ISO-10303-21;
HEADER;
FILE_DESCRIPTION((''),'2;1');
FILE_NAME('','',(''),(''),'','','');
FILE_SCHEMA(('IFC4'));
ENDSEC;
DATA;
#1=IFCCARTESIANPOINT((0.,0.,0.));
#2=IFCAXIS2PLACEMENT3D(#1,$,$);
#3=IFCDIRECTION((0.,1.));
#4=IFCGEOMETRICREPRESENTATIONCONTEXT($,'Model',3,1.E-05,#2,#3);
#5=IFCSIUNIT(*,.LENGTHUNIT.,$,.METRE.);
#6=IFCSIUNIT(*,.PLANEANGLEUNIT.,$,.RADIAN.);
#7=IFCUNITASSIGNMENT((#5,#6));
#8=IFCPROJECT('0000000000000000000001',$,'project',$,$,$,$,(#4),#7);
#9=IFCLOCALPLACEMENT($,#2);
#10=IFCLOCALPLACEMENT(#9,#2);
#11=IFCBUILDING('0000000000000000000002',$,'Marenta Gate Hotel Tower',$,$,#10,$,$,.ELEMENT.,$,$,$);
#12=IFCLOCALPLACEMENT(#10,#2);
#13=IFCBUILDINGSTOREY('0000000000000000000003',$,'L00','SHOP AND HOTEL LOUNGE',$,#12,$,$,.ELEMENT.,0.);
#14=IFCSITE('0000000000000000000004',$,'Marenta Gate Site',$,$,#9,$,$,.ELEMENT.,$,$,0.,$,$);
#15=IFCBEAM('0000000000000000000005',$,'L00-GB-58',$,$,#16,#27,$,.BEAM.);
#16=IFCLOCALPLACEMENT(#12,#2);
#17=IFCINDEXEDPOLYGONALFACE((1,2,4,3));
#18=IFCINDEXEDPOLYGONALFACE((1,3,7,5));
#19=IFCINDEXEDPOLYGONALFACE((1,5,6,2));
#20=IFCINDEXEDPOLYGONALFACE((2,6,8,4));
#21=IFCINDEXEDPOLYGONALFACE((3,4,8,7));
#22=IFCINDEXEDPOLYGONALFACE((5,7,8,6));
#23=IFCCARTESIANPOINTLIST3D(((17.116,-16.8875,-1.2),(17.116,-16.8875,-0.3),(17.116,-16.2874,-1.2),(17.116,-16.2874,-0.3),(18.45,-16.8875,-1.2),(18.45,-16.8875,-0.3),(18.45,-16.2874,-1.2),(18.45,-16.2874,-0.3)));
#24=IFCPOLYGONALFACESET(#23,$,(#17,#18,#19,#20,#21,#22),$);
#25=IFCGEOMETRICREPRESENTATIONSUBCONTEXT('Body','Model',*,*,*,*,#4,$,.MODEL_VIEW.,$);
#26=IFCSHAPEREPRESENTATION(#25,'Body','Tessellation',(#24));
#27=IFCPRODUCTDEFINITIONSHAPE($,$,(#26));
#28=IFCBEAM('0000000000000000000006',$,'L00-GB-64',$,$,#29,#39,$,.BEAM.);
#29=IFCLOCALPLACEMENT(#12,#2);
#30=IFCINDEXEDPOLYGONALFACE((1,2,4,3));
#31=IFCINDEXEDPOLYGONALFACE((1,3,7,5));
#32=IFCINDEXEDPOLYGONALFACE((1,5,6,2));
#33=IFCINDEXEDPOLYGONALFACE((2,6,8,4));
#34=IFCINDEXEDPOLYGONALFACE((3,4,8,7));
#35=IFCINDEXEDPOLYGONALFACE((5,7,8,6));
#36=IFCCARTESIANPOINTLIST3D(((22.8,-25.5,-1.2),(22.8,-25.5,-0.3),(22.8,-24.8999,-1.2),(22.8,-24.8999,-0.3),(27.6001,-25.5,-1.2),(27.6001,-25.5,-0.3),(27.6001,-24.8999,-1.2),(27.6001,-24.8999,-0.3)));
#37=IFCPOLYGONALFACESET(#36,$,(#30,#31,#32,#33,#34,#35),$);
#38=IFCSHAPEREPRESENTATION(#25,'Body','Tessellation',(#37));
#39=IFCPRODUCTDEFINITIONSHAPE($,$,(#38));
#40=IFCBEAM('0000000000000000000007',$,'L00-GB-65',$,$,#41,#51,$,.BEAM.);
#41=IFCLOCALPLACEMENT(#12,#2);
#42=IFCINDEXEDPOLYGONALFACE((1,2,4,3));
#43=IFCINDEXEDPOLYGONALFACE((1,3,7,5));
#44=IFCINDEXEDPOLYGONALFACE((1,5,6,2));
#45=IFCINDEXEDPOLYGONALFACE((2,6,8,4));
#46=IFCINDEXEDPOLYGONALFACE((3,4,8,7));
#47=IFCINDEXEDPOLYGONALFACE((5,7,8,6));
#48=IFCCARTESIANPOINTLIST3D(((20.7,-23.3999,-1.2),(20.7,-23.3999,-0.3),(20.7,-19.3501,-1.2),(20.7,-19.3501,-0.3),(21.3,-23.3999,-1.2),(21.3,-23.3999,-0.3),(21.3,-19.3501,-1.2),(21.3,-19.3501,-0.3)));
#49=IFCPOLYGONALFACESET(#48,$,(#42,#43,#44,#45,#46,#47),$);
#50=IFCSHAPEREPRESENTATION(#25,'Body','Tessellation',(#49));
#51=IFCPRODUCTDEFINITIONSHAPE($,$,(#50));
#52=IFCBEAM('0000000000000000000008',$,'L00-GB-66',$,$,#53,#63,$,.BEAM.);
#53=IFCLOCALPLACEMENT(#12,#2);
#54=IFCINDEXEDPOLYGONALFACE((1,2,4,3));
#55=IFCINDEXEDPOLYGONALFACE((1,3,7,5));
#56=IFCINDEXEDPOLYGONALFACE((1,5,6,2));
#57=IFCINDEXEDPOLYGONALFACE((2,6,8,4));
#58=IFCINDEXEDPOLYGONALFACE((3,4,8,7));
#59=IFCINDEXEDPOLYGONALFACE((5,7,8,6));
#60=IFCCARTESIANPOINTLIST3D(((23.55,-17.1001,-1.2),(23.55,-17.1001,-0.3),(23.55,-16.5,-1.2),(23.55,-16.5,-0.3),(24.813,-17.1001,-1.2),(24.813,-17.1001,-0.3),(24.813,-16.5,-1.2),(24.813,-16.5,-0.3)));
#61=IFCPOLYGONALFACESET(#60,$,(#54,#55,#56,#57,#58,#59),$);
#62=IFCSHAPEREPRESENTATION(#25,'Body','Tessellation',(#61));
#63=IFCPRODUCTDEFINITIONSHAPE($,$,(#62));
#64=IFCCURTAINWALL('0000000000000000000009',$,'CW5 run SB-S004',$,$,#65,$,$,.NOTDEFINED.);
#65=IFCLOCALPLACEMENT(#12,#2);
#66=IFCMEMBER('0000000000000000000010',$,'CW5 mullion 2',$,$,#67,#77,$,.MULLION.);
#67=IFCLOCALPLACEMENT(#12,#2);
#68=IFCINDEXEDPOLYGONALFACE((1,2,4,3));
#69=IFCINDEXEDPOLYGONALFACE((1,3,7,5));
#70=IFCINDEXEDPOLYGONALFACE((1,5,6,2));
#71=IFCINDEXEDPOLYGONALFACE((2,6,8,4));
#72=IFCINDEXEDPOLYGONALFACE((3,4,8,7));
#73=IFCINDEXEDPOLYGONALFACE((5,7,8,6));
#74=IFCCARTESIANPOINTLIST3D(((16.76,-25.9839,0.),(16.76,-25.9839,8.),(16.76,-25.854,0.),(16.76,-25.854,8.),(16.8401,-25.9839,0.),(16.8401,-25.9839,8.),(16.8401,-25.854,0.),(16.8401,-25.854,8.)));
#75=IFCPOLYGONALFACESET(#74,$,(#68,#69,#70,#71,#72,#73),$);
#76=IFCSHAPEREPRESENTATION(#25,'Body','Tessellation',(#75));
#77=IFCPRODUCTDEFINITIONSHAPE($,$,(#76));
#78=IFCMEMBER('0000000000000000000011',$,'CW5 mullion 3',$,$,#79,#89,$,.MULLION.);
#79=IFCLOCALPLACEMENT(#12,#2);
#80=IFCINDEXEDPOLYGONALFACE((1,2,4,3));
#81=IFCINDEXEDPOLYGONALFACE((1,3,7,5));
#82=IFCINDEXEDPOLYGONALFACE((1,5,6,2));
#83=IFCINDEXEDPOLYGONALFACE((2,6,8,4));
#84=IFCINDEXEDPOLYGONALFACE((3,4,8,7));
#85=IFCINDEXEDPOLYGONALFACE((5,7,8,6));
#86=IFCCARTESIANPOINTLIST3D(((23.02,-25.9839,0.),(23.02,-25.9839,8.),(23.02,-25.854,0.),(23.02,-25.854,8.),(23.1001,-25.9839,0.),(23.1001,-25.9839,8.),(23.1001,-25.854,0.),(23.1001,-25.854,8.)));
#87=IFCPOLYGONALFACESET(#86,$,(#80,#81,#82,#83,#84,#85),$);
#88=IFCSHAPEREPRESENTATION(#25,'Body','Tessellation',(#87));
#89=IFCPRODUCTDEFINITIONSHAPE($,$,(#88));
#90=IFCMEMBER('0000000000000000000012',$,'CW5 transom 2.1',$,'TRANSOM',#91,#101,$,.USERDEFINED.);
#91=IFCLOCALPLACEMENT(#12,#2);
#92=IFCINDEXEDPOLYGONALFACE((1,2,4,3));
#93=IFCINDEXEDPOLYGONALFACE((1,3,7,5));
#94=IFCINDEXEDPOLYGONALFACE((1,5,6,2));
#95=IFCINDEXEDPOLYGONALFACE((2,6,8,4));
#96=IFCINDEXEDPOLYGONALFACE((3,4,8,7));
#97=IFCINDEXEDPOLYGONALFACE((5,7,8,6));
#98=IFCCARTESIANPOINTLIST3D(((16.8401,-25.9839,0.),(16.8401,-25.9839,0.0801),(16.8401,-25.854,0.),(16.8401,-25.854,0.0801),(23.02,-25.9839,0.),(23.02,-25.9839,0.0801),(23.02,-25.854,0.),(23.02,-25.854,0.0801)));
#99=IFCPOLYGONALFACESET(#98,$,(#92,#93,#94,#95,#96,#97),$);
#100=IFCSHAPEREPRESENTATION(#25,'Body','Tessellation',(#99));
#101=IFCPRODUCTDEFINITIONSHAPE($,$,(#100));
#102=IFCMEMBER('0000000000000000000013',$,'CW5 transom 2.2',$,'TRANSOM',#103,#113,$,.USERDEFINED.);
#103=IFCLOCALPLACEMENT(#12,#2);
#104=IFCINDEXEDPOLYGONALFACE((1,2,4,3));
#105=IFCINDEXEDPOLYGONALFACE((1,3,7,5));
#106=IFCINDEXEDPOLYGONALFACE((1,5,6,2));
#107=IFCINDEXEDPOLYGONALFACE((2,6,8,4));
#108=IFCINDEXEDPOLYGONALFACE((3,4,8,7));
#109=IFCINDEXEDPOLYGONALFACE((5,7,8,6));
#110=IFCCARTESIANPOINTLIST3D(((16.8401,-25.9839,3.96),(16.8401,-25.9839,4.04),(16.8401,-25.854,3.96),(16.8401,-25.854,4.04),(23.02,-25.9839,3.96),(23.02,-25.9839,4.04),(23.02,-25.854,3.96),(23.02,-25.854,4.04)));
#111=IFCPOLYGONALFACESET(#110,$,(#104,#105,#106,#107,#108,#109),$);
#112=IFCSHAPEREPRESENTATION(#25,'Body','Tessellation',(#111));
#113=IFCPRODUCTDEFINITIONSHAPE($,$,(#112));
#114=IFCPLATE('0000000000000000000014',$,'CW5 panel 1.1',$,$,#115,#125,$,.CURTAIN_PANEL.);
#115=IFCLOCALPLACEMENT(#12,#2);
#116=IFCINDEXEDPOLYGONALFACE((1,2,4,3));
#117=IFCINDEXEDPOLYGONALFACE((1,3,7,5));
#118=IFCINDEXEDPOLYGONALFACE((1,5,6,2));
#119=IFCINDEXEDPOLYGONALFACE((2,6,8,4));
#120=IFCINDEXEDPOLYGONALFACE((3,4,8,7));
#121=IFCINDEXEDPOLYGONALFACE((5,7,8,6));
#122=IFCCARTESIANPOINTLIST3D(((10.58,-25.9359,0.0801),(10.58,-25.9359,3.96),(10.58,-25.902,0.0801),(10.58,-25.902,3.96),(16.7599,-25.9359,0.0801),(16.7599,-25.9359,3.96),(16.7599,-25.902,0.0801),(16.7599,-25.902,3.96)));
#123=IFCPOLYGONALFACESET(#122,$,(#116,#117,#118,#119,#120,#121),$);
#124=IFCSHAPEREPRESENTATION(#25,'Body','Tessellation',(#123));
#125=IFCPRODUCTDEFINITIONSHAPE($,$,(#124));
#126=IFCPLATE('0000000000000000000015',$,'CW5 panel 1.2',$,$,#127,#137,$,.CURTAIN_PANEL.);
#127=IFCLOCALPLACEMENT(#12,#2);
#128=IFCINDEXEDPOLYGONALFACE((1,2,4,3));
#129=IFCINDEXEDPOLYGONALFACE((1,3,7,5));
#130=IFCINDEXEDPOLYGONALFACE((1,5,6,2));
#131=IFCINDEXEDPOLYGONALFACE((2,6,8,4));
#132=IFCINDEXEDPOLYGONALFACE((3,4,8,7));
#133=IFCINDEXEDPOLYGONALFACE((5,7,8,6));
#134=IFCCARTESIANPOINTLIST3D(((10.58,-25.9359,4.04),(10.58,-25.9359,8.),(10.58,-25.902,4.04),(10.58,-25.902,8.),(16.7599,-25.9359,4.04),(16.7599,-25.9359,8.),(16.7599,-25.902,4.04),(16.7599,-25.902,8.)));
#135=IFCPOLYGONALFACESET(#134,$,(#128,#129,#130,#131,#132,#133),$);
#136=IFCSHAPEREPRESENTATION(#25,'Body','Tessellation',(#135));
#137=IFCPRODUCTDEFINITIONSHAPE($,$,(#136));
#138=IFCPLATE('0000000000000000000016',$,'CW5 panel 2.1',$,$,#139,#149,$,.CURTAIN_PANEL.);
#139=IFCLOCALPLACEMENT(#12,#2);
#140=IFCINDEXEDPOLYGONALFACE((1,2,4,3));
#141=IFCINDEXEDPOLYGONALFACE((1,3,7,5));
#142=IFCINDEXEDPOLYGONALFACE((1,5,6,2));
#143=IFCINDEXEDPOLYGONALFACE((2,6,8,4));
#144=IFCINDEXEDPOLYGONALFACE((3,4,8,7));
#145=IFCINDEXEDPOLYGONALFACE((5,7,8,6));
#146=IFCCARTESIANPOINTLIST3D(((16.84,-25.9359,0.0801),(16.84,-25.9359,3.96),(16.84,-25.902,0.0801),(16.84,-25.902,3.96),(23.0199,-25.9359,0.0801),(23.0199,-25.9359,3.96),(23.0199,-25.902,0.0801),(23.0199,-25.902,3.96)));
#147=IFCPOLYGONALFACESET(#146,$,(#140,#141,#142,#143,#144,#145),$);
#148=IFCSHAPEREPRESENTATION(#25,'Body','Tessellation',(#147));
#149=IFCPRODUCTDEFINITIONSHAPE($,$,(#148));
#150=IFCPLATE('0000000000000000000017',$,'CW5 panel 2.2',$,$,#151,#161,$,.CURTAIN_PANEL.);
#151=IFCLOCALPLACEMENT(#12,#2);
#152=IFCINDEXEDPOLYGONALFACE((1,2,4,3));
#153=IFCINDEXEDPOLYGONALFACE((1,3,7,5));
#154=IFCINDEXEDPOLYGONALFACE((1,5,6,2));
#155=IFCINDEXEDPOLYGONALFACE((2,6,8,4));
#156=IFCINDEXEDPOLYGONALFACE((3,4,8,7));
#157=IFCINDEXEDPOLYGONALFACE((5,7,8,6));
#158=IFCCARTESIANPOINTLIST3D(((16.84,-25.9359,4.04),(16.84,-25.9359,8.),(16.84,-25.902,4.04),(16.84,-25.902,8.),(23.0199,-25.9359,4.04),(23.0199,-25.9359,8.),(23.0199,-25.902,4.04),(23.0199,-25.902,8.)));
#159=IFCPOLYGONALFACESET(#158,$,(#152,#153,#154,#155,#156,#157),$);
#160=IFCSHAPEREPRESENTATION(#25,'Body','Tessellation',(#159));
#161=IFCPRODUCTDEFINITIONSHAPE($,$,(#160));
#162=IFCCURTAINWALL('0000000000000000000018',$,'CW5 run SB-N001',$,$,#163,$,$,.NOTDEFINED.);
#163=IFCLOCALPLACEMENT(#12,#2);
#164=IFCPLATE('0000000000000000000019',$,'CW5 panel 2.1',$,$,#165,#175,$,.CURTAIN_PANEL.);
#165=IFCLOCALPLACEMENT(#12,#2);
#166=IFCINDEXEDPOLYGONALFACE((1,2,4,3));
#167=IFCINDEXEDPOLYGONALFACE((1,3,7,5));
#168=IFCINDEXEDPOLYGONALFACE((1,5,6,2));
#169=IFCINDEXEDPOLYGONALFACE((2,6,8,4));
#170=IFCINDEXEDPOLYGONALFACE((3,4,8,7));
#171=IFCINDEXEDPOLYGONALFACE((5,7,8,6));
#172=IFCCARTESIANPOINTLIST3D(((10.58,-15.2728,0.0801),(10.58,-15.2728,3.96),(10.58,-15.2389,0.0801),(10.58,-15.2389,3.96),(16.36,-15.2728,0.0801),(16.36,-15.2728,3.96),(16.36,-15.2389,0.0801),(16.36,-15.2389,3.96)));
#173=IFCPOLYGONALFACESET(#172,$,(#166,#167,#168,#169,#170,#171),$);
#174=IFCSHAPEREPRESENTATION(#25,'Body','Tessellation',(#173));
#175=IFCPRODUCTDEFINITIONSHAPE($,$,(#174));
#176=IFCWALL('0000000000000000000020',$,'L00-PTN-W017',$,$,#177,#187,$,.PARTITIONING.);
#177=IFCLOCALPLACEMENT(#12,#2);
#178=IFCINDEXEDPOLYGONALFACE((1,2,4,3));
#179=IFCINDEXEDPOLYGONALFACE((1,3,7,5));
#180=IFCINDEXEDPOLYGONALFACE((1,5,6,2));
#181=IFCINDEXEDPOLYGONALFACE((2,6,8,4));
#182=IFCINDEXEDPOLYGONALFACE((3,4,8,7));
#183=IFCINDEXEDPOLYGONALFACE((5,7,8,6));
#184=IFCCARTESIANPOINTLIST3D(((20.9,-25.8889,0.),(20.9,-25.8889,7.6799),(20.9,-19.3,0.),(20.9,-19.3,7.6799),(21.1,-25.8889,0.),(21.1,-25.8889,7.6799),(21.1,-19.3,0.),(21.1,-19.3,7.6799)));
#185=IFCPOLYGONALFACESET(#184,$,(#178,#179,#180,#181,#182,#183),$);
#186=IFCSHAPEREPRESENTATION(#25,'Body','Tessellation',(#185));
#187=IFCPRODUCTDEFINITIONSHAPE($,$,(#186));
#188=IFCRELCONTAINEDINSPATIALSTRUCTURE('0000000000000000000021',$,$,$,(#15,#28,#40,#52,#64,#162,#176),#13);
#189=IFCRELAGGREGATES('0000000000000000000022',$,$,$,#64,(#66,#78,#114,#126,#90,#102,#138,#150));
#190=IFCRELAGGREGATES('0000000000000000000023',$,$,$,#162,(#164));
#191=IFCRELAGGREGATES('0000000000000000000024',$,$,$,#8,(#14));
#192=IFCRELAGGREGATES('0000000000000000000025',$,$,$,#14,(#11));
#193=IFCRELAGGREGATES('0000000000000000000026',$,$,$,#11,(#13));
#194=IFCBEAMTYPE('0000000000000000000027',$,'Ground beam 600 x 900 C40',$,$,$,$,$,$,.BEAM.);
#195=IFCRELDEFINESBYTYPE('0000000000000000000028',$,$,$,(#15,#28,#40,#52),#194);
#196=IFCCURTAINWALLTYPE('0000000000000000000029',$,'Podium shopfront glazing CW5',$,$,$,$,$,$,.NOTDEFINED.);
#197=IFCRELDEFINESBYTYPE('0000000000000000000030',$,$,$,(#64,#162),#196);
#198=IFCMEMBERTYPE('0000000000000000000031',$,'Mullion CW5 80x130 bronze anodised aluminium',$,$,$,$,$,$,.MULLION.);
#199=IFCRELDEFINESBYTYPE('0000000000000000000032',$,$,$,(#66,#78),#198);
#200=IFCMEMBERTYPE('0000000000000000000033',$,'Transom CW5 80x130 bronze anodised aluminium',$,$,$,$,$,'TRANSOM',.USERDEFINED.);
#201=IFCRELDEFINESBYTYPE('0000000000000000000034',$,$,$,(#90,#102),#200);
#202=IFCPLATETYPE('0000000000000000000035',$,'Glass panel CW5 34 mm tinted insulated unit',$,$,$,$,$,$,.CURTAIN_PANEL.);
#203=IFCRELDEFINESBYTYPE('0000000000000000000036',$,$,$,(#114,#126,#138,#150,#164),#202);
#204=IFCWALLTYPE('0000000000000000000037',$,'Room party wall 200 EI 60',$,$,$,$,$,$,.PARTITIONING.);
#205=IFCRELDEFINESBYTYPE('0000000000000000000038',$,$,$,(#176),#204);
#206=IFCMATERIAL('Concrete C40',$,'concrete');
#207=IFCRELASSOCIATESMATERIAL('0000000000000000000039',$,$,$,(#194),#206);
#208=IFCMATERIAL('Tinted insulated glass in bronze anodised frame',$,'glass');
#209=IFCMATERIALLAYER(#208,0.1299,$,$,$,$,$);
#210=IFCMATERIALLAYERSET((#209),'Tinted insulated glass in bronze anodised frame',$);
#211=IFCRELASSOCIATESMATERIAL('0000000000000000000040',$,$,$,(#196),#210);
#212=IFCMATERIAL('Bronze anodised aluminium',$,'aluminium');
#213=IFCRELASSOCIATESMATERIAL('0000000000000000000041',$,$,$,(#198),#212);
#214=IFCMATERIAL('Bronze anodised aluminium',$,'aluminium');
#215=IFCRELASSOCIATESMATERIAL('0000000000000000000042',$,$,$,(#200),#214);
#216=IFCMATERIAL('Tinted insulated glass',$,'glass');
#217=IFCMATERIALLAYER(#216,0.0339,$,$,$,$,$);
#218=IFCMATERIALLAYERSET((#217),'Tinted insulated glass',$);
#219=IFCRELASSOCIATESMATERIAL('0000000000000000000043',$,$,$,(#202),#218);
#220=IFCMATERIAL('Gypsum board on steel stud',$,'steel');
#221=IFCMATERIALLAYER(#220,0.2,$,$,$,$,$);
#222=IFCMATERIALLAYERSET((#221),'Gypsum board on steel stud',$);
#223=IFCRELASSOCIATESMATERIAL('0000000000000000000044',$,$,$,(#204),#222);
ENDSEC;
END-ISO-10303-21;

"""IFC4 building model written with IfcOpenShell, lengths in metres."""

from ifc_helpers import new_model, si_unit, direction, frame, frame_2d, origin, origin_2d, place, context, subcontext, project, spatial, rectangle, extrude, material, layer, layer_set, material_profile, profile_set, type_object, element, aggregate, save


model = new_model("IFC4")

# Units and contexts
model_context = context("Model", 3, precision=1e-05, world=origin(), true_north=direction((0.0, 1.0)))
body_context = subcontext(model_context, "Body", "Model", "MODEL_VIEW")
ifc_project = project(units=[si_unit("LENGTHUNIT", "METRE"), si_unit("PLANEANGLEUNIT", "RADIAN")], contexts=[model_context])

# Site, building, storey
site_placement = place(None, origin())
site = spatial("IfcSite", under=ifc_project, at=site_placement, Name="Marenta Gate Site", CompositionType="ELEMENT", RefElevation=0.0)
building_placement = place(site_placement, origin())
building = spatial("IfcBuilding", under=site, at=building_placement, Name="Marenta Gate Hotel Tower", CompositionType="ELEMENT")
storey_placement = place(building_placement, origin())
storey = spatial("IfcBuildingStorey", under=building, at=storey_placement, Name="L00", Description="SHOP AND HOTEL LOUNGE", CompositionType="ELEMENT", Elevation=0.0)

# Beams
ifc_material_1 = material(Name="Concrete C40", Category="concrete")
ifc_material_profile_1 = material_profile(ifc_material_1, rectangle(XDim=0.6001, YDim=0.8999, at=origin_2d()), Name="600 x 900")
ifc_profile_set_1 = profile_set([ifc_material_profile_1], Name="Concrete C40")
beam_type = type_object("IfcBeamType", Name="Ground beam 600 x 900 C40", PredefinedType="BEAM", material=ifc_profile_set_1)
beam_1_placement = place(storey_placement, frame((17.116, -16.5874, -0.75), z_axis=(1.0, 0.0, 0.0), x_axis=(0.0, 1.0, 0.0)))
element("IfcBeam", 1, at=beam_1_placement, inside=storey, type_object=beam_type, Name="L00-GB-58", PredefinedType="BEAM", context=body_context, shape_type="SweptSolid", body=[
    extrude(rectangle(XDim=0.6001, YDim=0.8999, at=origin_2d()), origin(), (0.0, 0.0, 1.0), 1.334),
])
beam_2_placement = place(storey_placement, frame((22.8, -25.2, -0.75), z_axis=(1.0, 0.0, 0.0), x_axis=(0.0, 1.0, 0.0)))
element("IfcBeam", 2, at=beam_2_placement, inside=storey, type_object=beam_type, Name="L00-GB-64", PredefinedType="BEAM", context=body_context, shape_type="SweptSolid", body=[
    extrude(rectangle(XDim=0.6001, YDim=0.8999, at=origin_2d()), origin(), (0.0, 0.0, 1.0), 4.8),
])
beam_3_placement = place(storey_placement, frame((21.0, -23.3999, -0.75), z_axis=(0.0, 1.0, 0.0), x_axis=(-1.0, 0.0, 0.0)))
element("IfcBeam", 3, at=beam_3_placement, inside=storey, type_object=beam_type, Name="L00-GB-65", PredefinedType="BEAM", context=body_context, shape_type="SweptSolid", body=[
    extrude(rectangle(XDim=0.6001, YDim=0.8999, at=origin_2d()), origin(), (0.0, 0.0, 1.0), 4.0498),
])
beam_4_placement = place(storey_placement, frame((23.55, -16.8, -0.75), z_axis=(1.0, 0.0, 0.0), x_axis=(0.0, 1.0, 0.0)))
element("IfcBeam", 4, at=beam_4_placement, inside=storey, type_object=beam_type, Name="L00-GB-66", PredefinedType="BEAM", context=body_context, shape_type="SweptSolid", body=[
    extrude(rectangle(XDim=0.6001, YDim=0.8999, at=origin_2d()), origin(), (0.0, 0.0, 1.0), 1.2629),
])

# Curtain wall, members, plates
ifc_material_2 = material(Name="Tinted insulated glass in bronze anodised frame", Category="glass")
ifc_layer_1 = layer(ifc_material_2, 0.1299)
ifc_layer_set_1 = layer_set([ifc_layer_1], Name="Tinted insulated glass in bronze anodised frame")
curtain_wall_type = type_object("IfcCurtainWallType", Name="Podium shopfront glazing CW5", PredefinedType="NOTDEFINED", material=ifc_layer_set_1)
curtain_wall_1_placement = place(storey_placement, origin())
curtain_wall_1 = element("IfcCurtainWall", 5, at=curtain_wall_1_placement, inside=storey, type_object=curtain_wall_type, Name="CW5 run SB-S004", PredefinedType="NOTDEFINED")
ifc_material_3 = material(Name="Bronze anodised aluminium", Category="aluminium")
ifc_material_profile_2 = material_profile(ifc_material_3, rectangle(XDim=0.1299, YDim=0.0801, at=origin_2d()), Name="Mullion CW5 80x130 bronze anodised aluminium")
ifc_profile_set_2 = profile_set([ifc_material_profile_2], Name="Bronze anodised aluminium")
member_type_1 = type_object("IfcMemberType", Name="Mullion CW5 80x130 bronze anodised aluminium", PredefinedType="MULLION", material=ifc_profile_set_2)
member_1_placement = place(storey_placement, frame((16.8, -25.9189, 0.0), z_axis=(0.0, 0.0, 1.0), x_axis=(0.0, 1.0, 0.0)))
member_1 = element("IfcMember", 6, at=member_1_placement, type_object=member_type_1, Name="CW5 mullion 2", PredefinedType="MULLION", context=body_context, shape_type="SweptSolid", body=[
    extrude(rectangle(XDim=0.1299, YDim=0.0801, at=origin_2d()), origin(), (0.0, 0.0, 1.0), 8.0),
])
member_2_placement = place(storey_placement, frame((23.0601, -25.9189, 0.0), z_axis=(0.0, 0.0, 1.0), x_axis=(0.0, 1.0, 0.0)))
member_2 = element("IfcMember", 7, at=member_2_placement, type_object=member_type_1, Name="CW5 mullion 3", PredefinedType="MULLION", context=body_context, shape_type="SweptSolid", body=[
    extrude(rectangle(XDim=0.1299, YDim=0.0801, at=origin_2d()), origin(), (0.0, 0.0, 1.0), 8.0),
])
ifc_material_4 = material(Name="Bronze anodised aluminium", Category="aluminium")
ifc_material_profile_3 = material_profile(ifc_material_4, rectangle(XDim=0.1299, YDim=0.0801, at=origin_2d()), Name="Transom CW5 80x130 bronze anodised aluminium")
ifc_profile_set_3 = profile_set([ifc_material_profile_3], Name="Bronze anodised aluminium")
member_type_2 = type_object("IfcMemberType", Name="Transom CW5 80x130 bronze anodised aluminium", ElementType="TRANSOM", PredefinedType="USERDEFINED", material=ifc_profile_set_3)
member_3_placement = place(storey_placement, frame((16.8401, -25.9189, 0.04), z_axis=(1.0, 0.0, 0.0), x_axis=(0.0, 1.0, 0.0)))
member_3 = element("IfcMember", 8, at=member_3_placement, type_object=member_type_2, Name="CW5 transom 2.1", ObjectType="TRANSOM", PredefinedType="USERDEFINED", context=body_context, shape_type="SweptSolid", body=[
    extrude(rectangle(XDim=0.1299, YDim=0.0801, at=origin_2d()), origin(), (0.0, 0.0, 1.0), 6.1799),
])
member_4_placement = place(storey_placement, frame((16.8401, -25.9189, 4.0), z_axis=(1.0, 0.0, 0.0), x_axis=(0.0, 1.0, 0.0)))
member_4 = element("IfcMember", 9, at=member_4_placement, type_object=member_type_2, Name="CW5 transom 2.2", ObjectType="TRANSOM", PredefinedType="USERDEFINED", context=body_context, shape_type="SweptSolid", body=[
    extrude(rectangle(XDim=0.1299, YDim=0.0801, at=origin_2d()), origin(), (0.0, 0.0, 1.0), 6.1799),
])
ifc_material_5 = material(Name="Tinted insulated glass", Category="glass")
ifc_layer_2 = layer(ifc_material_5, 0.0339)
ifc_layer_set_2 = layer_set([ifc_layer_2], Name="Tinted insulated glass")
plate_type = type_object("IfcPlateType", Name="Glass panel CW5 34 mm tinted insulated unit", PredefinedType="CURTAIN_PANEL", material=ifc_layer_set_2)
plate_1_placement = place(storey_placement, frame((13.6699, -25.9189, 0.0801), z_axis=(0.0, 0.0, 1.0), x_axis=(1.0, 0.0, 0.0)))
plate_1 = element("IfcPlate", 10, at=plate_1_placement, type_object=plate_type, Name="CW5 panel 1.1", PredefinedType="CURTAIN_PANEL", context=body_context, shape_type="SweptSolid", body=[
    extrude(rectangle(XDim=6.1799, YDim=0.0339, at=origin_2d()), origin(), (0.0, 0.0, 1.0), 3.8799),
])
plate_2_placement = place(storey_placement, frame((13.6699, -25.9189, 4.04), z_axis=(0.0, 0.0, 1.0), x_axis=(1.0, 0.0, 0.0)))
plate_2 = element("IfcPlate", 11, at=plate_2_placement, type_object=plate_type, Name="CW5 panel 1.2", PredefinedType="CURTAIN_PANEL", context=body_context, shape_type="SweptSolid", body=[
    extrude(rectangle(XDim=6.1799, YDim=0.0339, at=origin_2d()), origin(), (0.0, 0.0, 1.0), 3.96),
])
plate_3_placement = place(storey_placement, frame((19.9299, -25.9189, 0.0801), z_axis=(0.0, 0.0, 1.0), x_axis=(1.0, 0.0, 0.0)))
plate_3 = element("IfcPlate", 12, at=plate_3_placement, type_object=plate_type, Name="CW5 panel 2.1", PredefinedType="CURTAIN_PANEL", context=body_context, shape_type="SweptSolid", body=[
    extrude(rectangle(XDim=6.1799, YDim=0.0339, at=origin_2d()), origin(), (0.0, 0.0, 1.0), 3.8799),
])
plate_4_placement = place(storey_placement, frame((19.9299, -25.9189, 4.04), z_axis=(0.0, 0.0, 1.0), x_axis=(1.0, 0.0, 0.0)))
plate_4 = element("IfcPlate", 13, at=plate_4_placement, type_object=plate_type, Name="CW5 panel 2.2", PredefinedType="CURTAIN_PANEL", context=body_context, shape_type="SweptSolid", body=[
    extrude(rectangle(XDim=6.1799, YDim=0.0339, at=origin_2d()), origin(), (0.0, 0.0, 1.0), 3.96),
])
aggregate(curtain_wall_1, [member_1, member_2, plate_1, plate_2, member_3, member_4, plate_3, plate_4])

# Curtain wall, plate
curtain_wall_2_placement = place(storey_placement, origin())
curtain_wall_2 = element("IfcCurtainWall", 14, at=curtain_wall_2_placement, inside=storey, type_object=curtain_wall_type, Name="CW5 run SB-N001", PredefinedType="NOTDEFINED")
plate_5_placement = place(storey_placement, frame((13.47, -15.2559, 0.0801), z_axis=(0.0, 0.0, 1.0), x_axis=(-1.0, 0.0, 0.0)))
plate_5 = element("IfcPlate", 15, at=plate_5_placement, type_object=plate_type, Name="CW5 panel 2.1", PredefinedType="CURTAIN_PANEL", context=body_context, shape_type="SweptSolid", body=[
    extrude(rectangle(XDim=5.78, YDim=0.0339, at=origin_2d()), origin(), (0.0, 0.0, 1.0), 3.8799),
])
aggregate(curtain_wall_2, [plate_5])

# Wall
ifc_material_6 = material(Name="Gypsum board on steel stud", Category="steel")
ifc_layer_3 = layer(ifc_material_6, 0.2)
ifc_layer_set_3 = layer_set([ifc_layer_3], Name="Gypsum board on steel stud")
wall_type_1 = type_object("IfcWallType", Name="Room party wall 200 EI 60", PredefinedType="PARTITIONING", material=ifc_layer_set_3)
wall_1_placement = place(storey_placement, frame((21.0, -25.8889, 0.0), z_axis=(0.0, 0.0, 1.0), x_axis=(0.0, 1.0, 0.0)))
element("IfcWall", 16, at=wall_1_placement, inside=storey, type_object=wall_type_1, Name="L00-PTN-W017", PredefinedType="PARTITIONING", context=body_context, shape_type="SweptSolid", body=[
    extrude(rectangle(XDim=6.5889, YDim=0.2, at=frame_2d((3.2944, 0.0))), origin(), (0.0, 0.0, 1.0), 7.6799),
])

save(model, "model.ifc")
